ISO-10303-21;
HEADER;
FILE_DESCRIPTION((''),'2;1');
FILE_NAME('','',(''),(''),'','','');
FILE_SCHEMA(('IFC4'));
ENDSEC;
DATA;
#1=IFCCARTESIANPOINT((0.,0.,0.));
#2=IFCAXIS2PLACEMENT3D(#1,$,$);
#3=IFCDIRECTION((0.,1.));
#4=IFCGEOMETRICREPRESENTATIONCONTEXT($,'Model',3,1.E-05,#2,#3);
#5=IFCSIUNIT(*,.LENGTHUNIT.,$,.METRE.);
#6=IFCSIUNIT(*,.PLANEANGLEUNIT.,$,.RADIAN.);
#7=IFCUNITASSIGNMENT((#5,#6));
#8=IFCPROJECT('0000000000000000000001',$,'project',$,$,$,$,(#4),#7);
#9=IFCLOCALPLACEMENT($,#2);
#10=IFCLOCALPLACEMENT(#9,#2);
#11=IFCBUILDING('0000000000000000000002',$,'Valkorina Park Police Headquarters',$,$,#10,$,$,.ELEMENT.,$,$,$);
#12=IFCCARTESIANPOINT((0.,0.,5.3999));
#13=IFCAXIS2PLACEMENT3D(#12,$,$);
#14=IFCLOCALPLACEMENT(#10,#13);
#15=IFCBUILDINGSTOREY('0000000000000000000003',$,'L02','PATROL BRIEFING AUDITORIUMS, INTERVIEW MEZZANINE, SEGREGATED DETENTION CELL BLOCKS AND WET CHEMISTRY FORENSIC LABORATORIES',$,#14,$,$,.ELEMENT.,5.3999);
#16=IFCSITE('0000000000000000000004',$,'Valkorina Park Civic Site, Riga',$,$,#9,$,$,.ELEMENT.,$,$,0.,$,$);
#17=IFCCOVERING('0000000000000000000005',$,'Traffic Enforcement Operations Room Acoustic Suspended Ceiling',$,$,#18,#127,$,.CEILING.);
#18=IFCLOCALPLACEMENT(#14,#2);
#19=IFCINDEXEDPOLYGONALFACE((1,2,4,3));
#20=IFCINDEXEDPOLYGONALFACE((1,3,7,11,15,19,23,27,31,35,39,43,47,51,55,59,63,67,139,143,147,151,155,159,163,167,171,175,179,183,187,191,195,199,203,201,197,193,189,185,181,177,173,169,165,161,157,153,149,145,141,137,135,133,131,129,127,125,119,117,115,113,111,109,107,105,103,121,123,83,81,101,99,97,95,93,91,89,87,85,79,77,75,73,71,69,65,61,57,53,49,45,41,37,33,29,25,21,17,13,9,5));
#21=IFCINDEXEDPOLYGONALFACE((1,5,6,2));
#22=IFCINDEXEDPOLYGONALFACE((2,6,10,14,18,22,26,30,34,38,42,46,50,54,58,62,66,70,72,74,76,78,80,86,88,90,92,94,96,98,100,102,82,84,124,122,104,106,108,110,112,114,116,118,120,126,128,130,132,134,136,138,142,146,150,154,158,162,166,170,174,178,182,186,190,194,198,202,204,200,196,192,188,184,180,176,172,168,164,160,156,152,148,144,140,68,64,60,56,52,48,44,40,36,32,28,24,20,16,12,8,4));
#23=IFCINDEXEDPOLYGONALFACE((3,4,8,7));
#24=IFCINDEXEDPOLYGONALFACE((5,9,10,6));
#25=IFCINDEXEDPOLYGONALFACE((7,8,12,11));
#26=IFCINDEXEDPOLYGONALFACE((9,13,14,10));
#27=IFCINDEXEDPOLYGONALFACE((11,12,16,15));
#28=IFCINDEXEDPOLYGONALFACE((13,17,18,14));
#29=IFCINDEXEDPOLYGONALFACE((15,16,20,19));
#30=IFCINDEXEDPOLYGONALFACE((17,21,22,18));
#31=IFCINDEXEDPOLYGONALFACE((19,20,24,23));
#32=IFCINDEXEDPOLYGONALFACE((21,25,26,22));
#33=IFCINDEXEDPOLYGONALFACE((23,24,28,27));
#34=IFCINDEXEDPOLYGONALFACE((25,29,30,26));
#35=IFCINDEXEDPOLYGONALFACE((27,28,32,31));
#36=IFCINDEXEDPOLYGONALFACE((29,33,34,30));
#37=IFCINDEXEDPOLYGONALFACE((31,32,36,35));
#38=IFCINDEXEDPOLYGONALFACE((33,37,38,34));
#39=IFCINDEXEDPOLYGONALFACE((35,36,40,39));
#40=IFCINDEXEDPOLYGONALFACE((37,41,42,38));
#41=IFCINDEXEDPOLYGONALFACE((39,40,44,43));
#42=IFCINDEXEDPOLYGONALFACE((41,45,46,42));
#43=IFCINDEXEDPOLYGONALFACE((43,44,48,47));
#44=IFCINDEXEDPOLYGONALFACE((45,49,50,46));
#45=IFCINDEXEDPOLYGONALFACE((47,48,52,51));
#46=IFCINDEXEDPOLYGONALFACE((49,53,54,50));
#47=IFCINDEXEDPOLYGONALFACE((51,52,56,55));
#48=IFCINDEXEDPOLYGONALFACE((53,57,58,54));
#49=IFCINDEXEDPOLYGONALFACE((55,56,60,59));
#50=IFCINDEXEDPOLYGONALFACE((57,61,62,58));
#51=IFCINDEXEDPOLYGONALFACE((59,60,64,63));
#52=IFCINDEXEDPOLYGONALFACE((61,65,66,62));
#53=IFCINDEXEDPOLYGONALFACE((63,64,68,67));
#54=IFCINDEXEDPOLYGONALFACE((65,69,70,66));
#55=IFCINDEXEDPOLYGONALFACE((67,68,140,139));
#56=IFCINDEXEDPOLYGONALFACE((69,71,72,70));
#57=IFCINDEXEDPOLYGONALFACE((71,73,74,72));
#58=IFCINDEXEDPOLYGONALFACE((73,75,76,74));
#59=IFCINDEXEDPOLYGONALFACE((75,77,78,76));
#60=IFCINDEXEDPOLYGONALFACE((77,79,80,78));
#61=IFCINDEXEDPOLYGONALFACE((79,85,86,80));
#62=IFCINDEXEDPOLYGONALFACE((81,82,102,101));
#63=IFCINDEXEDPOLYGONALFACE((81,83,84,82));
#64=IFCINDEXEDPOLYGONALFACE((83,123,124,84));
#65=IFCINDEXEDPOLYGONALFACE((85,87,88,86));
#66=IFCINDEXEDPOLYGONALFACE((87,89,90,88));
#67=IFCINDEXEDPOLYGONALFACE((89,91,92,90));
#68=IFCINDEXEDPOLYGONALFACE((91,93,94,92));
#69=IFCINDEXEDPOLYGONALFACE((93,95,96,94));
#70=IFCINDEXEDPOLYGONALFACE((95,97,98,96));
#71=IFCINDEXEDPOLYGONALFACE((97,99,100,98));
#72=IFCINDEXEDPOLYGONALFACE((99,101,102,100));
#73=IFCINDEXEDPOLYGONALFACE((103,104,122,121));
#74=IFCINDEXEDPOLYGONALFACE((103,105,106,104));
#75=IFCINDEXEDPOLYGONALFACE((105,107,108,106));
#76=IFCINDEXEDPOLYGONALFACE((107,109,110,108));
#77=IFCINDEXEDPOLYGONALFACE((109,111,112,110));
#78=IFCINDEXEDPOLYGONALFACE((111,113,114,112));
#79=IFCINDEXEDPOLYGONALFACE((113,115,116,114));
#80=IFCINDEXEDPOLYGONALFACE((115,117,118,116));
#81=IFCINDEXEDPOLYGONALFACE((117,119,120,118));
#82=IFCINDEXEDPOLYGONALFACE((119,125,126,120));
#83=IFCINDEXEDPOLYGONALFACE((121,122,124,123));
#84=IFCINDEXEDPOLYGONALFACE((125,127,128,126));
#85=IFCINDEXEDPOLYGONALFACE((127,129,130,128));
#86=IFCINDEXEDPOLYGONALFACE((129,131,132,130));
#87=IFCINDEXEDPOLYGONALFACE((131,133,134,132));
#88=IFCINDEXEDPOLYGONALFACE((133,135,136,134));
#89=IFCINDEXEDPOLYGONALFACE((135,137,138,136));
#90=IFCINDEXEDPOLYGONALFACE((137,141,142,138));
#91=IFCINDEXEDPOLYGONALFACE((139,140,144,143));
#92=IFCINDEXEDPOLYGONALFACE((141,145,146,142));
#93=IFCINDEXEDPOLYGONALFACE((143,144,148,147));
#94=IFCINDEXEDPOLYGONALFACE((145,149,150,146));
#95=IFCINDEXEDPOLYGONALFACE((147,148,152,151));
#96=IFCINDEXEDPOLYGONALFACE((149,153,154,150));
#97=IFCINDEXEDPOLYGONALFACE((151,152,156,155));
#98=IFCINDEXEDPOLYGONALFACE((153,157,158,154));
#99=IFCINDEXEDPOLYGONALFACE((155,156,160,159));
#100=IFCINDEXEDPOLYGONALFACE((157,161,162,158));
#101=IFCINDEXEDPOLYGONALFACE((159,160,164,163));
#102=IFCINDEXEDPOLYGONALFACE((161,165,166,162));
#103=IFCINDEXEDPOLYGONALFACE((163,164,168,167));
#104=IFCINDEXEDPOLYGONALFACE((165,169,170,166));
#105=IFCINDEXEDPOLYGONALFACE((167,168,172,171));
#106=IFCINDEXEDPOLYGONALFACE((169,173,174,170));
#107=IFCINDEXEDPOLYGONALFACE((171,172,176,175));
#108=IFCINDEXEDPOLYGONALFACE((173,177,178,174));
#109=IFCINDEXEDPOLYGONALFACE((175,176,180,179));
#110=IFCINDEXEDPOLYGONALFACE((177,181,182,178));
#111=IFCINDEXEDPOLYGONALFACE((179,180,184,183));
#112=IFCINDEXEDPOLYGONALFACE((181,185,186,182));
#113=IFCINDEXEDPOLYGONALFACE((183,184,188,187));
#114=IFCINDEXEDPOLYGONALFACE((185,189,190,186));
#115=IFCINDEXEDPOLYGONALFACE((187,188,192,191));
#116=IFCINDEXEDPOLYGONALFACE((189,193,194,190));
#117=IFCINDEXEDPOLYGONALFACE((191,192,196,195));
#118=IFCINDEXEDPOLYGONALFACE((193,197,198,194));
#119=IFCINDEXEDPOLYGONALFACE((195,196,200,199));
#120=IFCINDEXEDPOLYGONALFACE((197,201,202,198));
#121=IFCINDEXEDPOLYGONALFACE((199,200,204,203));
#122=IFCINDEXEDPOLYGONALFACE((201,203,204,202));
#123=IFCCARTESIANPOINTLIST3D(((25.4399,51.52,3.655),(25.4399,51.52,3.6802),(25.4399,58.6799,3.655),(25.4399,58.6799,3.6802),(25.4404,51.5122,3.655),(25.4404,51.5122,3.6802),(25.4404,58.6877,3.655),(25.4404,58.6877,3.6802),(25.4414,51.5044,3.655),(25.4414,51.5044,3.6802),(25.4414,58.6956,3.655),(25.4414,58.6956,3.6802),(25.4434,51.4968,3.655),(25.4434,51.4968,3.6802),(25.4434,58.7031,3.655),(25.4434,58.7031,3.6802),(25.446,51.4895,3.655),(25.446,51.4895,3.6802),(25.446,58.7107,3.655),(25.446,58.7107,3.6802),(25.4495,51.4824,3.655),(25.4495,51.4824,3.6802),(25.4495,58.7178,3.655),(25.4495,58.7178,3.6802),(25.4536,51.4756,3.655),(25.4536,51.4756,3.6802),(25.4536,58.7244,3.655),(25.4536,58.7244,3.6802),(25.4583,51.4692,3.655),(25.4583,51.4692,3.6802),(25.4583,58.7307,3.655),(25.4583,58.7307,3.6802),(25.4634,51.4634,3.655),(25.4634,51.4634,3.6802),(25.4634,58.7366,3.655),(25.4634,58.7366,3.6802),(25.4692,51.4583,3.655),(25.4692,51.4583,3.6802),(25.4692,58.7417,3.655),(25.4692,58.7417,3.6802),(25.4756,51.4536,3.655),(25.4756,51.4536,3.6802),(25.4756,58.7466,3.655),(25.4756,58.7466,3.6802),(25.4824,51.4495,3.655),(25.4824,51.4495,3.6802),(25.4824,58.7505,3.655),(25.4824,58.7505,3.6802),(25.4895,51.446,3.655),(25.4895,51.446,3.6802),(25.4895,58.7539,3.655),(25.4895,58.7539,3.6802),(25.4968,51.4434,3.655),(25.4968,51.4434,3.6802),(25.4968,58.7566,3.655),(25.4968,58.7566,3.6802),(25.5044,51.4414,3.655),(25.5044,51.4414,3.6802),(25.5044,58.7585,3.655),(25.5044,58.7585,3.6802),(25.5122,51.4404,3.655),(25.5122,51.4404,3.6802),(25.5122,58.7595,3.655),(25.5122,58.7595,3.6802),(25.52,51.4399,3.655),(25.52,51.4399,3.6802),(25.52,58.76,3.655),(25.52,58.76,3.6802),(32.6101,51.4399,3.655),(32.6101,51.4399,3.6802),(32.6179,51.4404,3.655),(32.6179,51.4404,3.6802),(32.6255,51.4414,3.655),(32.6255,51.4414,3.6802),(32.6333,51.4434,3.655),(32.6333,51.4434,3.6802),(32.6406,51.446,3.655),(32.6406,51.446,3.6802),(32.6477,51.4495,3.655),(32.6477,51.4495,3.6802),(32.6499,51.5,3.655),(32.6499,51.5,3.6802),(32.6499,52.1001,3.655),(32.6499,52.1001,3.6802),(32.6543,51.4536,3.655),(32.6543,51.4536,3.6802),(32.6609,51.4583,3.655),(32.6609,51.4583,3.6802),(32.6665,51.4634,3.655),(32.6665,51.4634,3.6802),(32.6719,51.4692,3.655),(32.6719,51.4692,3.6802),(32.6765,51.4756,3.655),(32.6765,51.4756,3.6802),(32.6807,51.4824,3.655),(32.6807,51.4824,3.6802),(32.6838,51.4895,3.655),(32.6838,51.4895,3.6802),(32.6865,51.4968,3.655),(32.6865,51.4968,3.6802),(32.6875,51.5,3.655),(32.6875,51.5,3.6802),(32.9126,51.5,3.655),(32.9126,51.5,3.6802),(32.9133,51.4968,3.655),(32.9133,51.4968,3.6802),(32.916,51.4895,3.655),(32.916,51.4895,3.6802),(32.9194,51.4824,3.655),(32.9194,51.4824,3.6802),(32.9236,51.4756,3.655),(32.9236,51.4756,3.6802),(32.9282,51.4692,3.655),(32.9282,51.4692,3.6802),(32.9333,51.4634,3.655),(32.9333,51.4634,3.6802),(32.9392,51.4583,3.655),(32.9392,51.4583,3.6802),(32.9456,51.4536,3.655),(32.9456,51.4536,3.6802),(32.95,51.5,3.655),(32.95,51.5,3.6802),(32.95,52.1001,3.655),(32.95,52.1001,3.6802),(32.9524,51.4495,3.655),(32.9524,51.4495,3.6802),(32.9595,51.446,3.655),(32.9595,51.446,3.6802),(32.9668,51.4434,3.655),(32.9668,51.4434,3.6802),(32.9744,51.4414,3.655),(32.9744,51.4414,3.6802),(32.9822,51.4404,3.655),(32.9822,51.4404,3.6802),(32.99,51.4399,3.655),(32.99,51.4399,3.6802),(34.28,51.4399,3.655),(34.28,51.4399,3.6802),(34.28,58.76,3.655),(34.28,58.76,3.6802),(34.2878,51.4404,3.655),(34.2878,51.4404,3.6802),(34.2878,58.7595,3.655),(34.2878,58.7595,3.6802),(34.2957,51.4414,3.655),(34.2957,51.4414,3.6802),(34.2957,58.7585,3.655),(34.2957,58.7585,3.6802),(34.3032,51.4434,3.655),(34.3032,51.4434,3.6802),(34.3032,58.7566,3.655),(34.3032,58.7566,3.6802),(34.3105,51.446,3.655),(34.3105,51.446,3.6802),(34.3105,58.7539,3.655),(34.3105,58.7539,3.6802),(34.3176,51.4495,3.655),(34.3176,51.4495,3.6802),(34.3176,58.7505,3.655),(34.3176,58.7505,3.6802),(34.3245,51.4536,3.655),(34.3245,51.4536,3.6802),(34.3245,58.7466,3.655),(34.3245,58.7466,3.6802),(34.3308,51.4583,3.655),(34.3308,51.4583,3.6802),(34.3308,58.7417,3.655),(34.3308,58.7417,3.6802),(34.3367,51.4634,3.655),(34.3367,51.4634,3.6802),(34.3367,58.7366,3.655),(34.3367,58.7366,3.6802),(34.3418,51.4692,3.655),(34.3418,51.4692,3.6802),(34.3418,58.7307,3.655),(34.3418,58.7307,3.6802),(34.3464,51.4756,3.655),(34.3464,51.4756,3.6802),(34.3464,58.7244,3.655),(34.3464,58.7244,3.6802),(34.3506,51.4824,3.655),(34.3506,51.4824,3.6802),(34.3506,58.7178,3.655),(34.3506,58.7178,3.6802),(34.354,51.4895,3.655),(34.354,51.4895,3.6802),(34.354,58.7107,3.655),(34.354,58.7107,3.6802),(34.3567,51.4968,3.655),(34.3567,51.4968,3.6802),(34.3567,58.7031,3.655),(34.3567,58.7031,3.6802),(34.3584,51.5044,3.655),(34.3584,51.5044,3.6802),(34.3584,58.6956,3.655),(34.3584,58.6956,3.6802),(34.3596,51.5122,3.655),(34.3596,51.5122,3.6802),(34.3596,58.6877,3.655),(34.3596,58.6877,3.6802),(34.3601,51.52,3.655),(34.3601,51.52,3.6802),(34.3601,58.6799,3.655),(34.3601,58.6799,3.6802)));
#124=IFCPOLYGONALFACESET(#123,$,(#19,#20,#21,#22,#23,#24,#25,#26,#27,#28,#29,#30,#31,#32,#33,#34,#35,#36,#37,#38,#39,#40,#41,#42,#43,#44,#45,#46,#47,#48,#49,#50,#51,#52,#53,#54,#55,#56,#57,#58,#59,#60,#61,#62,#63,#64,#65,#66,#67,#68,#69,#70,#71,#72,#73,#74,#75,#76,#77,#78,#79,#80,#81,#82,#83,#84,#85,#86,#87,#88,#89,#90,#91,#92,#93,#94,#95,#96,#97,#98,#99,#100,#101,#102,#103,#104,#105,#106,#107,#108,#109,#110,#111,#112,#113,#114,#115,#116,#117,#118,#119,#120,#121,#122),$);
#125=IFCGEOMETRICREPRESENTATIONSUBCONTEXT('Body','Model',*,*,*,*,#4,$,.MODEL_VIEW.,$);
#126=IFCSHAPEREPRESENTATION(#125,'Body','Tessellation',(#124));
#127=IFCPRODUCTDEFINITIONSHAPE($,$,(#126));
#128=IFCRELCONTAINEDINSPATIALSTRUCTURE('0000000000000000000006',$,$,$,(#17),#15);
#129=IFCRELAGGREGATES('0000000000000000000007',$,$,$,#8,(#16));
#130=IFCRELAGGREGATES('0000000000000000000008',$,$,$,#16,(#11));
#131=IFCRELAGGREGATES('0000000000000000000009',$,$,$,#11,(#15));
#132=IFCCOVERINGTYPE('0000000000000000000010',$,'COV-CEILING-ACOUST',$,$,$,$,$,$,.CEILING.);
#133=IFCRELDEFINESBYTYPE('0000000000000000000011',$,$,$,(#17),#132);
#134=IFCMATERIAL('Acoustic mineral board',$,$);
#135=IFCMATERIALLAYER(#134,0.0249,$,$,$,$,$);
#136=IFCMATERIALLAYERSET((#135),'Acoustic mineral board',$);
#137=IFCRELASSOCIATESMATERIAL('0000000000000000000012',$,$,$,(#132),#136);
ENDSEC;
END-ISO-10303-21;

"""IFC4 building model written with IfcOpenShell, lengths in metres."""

from ifc_helpers import new_model, si_unit, direction, frame, origin, place, context, subcontext, project, spatial, polyline, outline, extrude, material, layer, layer_set, type_object, element, save


model = new_model("IFC4")

# Units and contexts
model_context = context("Model", 3, precision=1e-05, world=origin(), true_north=direction((0.0, 1.0)))
body_context = subcontext(model_context, "Body", "Model", "MODEL_VIEW")
ifc_project = project(units=[si_unit("LENGTHUNIT", "METRE"), si_unit("PLANEANGLEUNIT", "RADIAN")], contexts=[model_context])

# Site, building, storey
site_placement = place(None, origin())
site = spatial("IfcSite", under=ifc_project, at=site_placement, Name="Valkorina Park Civic Site, Riga", CompositionType="ELEMENT", RefElevation=0.0)
building_placement = place(site_placement, origin())
building = spatial("IfcBuilding", under=site, at=building_placement, Name="Valkorina Park Police Headquarters", CompositionType="ELEMENT")
storey_placement = place(building_placement, frame((0.0, 0.0, 5.3999)))
storey = spatial("IfcBuildingStorey", under=building, at=storey_placement, Name="L02", Description="PATROL BRIEFING AUDITORIUMS, INTERVIEW MEZZANINE, SEGREGATED DETENTION CELL BLOCKS AND WET CHEMISTRY FORENSIC LABORATORIES", CompositionType="ELEMENT", Elevation=5.3999)

# Covering
ifc_material_1 = material(Name="Acoustic mineral board")
ifc_layer_1 = layer(ifc_material_1, 0.0249)
ifc_layer_set_1 = layer_set([ifc_layer_1], Name="Acoustic mineral board")
covering_type_1 = type_object("IfcCoveringType", Name="COV-CEILING-ACOUST", PredefinedType="CEILING", material=ifc_layer_set_1)
covering_1_placement = place(storey_placement, frame((0.0, 0.0, 3.655)))
element("IfcCovering", 1, at=covering_1_placement, inside=storey, type_object=covering_type_1, Name="Traffic Enforcement Operations Room Acoustic Suspended Ceiling", PredefinedType="CEILING", context=body_context, shape_type="SweptSolid", body=[
    extrude(outline(polyline([(34.3584, 51.5044), (34.3596, 51.5122), (34.3601, 51.52), (34.3601, 58.6799), (34.3596, 58.6877), (34.3584, 58.6956), (34.3567, 58.7031), (34.354, 58.7107), (34.3506, 58.7178), (34.3464, 58.7244), (34.3418, 58.7307), (34.3367, 58.7366), (34.3308, 58.7417), (34.3245, 58.7466), (34.3176, 58.7505), (34.3105, 58.7539), (34.3032, 58.7566), (34.2957, 58.7585), (34.2878, 58.7595), (34.28, 58.76), (25.52, 58.76), (25.5122, 58.7595), (25.5044, 58.7585), (25.4968, 58.7566), (25.4895, 58.7539), (25.4824, 58.7505), (25.4756, 58.7466), (25.4692, 58.7417), (25.4634, 58.7366), (25.4583, 58.7307), (25.4536, 58.7244), (25.4495, 58.7178), (25.446, 58.7107), (25.4434, 58.7031), (25.4414, 58.6956), (25.4404, 58.6877), (25.4399, 58.6799), (25.4399, 51.52), (25.4404, 51.5122), (25.4414, 51.5044), (25.4434, 51.4968), (25.446, 51.4895), (25.4495, 51.4824), (25.4536, 51.4756), (25.4583, 51.4692), (25.4634, 51.4634), (25.4692, 51.4583), (25.4756, 51.4536), (25.4824, 51.4495), (25.4895, 51.446), (25.4968, 51.4434), (25.5044, 51.4414), (25.5122, 51.4404), (25.52, 51.4399), (32.6101, 51.4399), (32.6179, 51.4404), (32.6255, 51.4414), (32.6333, 51.4434), (32.6406, 51.446), (32.6477, 51.4495), (32.6543, 51.4536), (32.6609, 51.4583), (32.6665, 51.4634), (32.6719, 51.4692), (32.6765, 51.4756), (32.6807, 51.4824), (32.6838, 51.4895), (32.6865, 51.4968), (32.6875, 51.5), (32.6499, 51.5), (32.6499, 52.1001), (32.95, 52.1001), (32.95, 51.5), (32.9126, 51.5), (32.9133, 51.4968), (32.916, 51.4895), (32.9194, 51.4824), (32.9236, 51.4756), (32.9282, 51.4692), (32.9333, 51.4634), (32.9392, 51.4583), (32.9456, 51.4536), (32.9524, 51.4495), (32.9595, 51.446), (32.9668, 51.4434), (32.9744, 51.4414), (32.9822, 51.4404), (32.99, 51.4399), (34.28, 51.4399), (34.2878, 51.4404), (34.2957, 51.4414), (34.3032, 51.4434), (34.3105, 51.446), (34.3176, 51.4495), (34.3245, 51.4536), (34.3308, 51.4583), (34.3367, 51.4634), (34.3418, 51.4692), (34.3464, 51.4756), (34.3506, 51.4824), (34.354, 51.4895), (34.3567, 51.4968), (34.3584, 51.5044)])), origin(), (0.0, 0.0, 1.0), 0.0251),
])

save(model, "model.ifc")
